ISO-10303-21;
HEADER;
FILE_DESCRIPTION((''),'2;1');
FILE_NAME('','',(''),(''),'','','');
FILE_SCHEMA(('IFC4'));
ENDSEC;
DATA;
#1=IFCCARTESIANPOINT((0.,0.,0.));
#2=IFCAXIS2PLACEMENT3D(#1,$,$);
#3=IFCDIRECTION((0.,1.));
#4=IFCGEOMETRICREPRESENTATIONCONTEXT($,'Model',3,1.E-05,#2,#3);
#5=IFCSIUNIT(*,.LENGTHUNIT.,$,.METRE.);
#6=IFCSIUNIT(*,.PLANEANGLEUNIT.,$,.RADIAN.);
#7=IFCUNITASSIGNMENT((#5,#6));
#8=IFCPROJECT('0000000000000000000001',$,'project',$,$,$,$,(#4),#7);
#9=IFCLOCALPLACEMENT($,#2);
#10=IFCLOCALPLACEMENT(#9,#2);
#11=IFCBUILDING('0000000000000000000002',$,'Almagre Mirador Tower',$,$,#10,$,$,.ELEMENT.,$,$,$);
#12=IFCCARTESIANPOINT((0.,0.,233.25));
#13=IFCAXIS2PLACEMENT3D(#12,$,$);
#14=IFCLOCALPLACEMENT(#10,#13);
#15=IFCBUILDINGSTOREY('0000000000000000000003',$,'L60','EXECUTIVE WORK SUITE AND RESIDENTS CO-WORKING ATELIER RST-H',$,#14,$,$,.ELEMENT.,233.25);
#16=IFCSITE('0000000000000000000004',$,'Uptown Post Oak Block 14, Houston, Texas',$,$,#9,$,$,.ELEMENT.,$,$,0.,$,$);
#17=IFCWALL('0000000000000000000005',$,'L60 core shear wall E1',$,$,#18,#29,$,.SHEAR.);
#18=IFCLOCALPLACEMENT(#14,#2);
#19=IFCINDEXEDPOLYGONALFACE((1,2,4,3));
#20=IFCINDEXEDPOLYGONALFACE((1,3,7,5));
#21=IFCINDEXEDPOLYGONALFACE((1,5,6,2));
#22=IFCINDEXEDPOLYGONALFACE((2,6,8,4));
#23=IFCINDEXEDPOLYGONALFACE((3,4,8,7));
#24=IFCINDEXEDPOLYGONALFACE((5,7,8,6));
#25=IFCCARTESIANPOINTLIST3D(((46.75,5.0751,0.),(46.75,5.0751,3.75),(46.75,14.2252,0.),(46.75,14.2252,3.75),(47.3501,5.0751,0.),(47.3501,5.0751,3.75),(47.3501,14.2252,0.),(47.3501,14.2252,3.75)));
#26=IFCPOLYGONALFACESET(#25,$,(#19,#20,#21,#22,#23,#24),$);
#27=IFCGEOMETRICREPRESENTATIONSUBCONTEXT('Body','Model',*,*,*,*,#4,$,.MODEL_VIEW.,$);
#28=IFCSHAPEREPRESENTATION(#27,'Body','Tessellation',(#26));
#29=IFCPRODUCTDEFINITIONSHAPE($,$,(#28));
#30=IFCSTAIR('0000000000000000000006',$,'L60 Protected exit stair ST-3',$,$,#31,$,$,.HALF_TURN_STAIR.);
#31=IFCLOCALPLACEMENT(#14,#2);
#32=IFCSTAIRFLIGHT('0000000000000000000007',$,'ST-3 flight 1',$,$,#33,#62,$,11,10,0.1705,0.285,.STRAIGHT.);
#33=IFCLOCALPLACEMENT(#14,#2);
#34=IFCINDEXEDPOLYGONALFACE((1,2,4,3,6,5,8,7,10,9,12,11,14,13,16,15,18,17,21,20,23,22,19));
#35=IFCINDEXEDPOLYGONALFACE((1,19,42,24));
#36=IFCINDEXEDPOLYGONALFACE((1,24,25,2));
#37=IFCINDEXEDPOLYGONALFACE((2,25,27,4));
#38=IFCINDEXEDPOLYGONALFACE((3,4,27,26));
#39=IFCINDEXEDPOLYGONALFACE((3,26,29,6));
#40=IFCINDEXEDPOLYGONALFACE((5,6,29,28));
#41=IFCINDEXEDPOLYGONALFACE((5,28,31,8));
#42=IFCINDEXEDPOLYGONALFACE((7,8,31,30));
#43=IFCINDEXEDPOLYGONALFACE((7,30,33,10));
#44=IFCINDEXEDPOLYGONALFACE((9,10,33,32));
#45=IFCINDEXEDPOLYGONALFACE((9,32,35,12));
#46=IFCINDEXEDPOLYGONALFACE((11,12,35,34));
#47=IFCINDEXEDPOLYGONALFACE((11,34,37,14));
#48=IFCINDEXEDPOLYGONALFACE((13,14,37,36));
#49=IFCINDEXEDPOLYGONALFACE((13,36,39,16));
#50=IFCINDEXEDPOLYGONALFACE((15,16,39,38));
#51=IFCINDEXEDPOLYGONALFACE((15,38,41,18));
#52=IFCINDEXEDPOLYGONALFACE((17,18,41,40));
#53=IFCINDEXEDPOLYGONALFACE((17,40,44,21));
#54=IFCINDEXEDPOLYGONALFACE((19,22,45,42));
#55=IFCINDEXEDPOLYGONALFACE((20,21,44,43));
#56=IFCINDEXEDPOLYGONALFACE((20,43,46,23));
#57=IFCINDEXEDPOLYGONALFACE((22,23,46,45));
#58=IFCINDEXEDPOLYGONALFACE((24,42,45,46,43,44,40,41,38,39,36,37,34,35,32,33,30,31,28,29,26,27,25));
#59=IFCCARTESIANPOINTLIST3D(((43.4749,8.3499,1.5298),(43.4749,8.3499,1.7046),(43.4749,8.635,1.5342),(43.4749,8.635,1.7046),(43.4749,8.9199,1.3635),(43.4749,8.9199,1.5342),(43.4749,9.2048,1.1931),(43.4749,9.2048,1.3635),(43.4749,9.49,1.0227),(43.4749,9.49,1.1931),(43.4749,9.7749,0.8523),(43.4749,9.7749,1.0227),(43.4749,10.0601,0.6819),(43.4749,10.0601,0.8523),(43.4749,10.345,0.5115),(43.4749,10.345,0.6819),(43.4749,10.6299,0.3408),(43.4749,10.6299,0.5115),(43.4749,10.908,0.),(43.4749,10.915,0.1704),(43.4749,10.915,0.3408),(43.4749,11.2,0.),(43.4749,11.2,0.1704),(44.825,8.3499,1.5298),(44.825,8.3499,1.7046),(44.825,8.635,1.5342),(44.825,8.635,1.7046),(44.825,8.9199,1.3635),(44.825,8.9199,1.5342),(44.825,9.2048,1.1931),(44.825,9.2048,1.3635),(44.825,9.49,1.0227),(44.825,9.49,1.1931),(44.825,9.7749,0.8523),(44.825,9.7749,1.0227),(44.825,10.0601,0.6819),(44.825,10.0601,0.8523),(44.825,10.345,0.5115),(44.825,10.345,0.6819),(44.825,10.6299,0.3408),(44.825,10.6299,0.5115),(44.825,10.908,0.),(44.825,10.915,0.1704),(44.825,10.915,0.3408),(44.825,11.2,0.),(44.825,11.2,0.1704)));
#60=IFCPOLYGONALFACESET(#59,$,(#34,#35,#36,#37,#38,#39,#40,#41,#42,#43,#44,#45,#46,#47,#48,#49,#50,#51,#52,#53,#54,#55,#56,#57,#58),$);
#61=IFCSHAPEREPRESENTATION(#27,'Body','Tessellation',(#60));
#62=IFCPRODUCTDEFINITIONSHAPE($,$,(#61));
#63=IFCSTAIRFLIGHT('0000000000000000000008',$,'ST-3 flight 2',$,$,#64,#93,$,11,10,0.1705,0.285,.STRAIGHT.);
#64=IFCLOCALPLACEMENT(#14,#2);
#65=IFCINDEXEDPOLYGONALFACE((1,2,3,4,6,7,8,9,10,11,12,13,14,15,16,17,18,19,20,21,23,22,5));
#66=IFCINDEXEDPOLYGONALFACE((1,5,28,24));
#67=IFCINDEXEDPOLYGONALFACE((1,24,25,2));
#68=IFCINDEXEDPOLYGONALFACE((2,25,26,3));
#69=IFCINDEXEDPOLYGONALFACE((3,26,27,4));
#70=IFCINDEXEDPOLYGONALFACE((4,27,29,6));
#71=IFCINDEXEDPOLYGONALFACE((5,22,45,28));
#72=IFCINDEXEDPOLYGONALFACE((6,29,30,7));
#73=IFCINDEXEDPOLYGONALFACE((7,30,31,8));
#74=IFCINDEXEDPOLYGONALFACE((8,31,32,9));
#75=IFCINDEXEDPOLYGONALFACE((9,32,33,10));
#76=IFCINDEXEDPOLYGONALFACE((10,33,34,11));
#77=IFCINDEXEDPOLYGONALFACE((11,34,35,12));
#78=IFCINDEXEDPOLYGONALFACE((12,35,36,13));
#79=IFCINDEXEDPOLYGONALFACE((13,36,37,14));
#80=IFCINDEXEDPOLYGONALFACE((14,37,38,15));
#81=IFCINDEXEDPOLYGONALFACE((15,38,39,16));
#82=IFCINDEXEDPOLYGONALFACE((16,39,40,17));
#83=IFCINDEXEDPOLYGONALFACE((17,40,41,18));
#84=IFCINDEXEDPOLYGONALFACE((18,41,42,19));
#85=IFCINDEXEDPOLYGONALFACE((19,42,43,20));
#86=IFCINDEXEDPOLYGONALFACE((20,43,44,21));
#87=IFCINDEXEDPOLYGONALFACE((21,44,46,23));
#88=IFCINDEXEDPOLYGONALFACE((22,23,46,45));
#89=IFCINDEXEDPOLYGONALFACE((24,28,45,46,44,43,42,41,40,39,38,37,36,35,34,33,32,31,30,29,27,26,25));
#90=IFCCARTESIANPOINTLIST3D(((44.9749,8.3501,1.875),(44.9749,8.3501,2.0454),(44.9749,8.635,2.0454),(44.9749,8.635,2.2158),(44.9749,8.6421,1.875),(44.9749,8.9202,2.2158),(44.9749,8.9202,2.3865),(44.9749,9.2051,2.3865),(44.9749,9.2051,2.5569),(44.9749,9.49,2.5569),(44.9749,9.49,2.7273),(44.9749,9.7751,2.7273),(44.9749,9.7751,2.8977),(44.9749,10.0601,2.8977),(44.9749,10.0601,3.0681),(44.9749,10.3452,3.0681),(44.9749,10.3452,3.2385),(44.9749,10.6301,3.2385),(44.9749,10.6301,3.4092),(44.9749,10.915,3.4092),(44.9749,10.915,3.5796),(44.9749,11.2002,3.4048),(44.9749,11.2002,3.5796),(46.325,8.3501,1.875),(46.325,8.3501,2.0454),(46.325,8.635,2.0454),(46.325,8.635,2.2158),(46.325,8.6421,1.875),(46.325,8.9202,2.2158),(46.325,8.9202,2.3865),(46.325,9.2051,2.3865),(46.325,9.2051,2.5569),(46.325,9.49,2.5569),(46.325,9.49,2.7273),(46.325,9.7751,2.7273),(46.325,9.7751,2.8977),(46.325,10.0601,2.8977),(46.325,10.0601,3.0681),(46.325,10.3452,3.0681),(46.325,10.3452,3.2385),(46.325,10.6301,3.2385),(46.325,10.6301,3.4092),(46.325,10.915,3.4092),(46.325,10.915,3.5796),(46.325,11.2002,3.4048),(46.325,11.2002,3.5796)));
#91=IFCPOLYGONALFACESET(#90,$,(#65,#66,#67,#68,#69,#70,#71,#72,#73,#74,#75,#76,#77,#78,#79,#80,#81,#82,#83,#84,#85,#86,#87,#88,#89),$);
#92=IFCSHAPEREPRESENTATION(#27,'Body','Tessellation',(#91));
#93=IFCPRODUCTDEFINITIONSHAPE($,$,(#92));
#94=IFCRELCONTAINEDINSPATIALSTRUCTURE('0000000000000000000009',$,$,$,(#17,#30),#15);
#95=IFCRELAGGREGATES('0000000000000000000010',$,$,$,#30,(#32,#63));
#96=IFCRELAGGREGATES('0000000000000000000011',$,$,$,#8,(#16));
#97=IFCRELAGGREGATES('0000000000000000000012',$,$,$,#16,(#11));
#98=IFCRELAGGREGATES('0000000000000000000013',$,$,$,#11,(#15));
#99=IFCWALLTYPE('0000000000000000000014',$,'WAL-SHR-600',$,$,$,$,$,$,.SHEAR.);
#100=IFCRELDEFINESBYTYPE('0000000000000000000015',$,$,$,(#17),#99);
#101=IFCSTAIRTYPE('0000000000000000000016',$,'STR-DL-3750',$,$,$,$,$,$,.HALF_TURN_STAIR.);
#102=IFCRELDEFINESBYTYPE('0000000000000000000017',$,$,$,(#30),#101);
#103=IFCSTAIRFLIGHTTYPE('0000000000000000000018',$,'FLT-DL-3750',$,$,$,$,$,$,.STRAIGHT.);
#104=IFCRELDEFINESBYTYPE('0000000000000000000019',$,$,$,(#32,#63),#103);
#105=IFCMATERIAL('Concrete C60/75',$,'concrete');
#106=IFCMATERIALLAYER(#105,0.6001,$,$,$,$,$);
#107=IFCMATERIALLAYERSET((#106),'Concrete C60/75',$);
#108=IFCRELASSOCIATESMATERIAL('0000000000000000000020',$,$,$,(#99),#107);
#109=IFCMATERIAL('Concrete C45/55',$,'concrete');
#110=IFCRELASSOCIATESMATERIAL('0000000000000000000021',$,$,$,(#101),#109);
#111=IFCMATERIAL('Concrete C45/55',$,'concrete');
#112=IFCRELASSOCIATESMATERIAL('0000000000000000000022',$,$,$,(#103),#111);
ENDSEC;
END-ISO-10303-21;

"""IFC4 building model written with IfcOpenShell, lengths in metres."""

from ifc_helpers import new_model, si_unit, direction, frame, frame_2d, origin, place, context, subcontext, project, spatial, polyline, rectangle, outline, extrude, material, layer, layer_set, type_object, element, aggregate, save


model = new_model("IFC4")

# Units and contexts
model_context = context("Model", 3, precision=1e-05, world=origin(), true_north=direction((0.0, 1.0)))
body_context = subcontext(model_context, "Body", "Model", "MODEL_VIEW")
ifc_project = project(units=[si_unit("LENGTHUNIT", "METRE"), si_unit("PLANEANGLEUNIT", "RADIAN")], contexts=[model_context])

# Site, building, storey
site_placement = place(None, origin())
site = spatial("IfcSite", under=ifc_project, at=site_placement, Name="Uptown Post Oak Block 14, Houston, Texas", CompositionType="ELEMENT", RefElevation=0.0)
building_placement = place(site_placement, origin())
building = spatial("IfcBuilding", under=site, at=building_placement, Name="Almagre Mirador Tower", CompositionType="ELEMENT")
storey_placement = place(building_placement, frame((0.0, 0.0, 233.25)))
storey = spatial("IfcBuildingStorey", under=building, at=storey_placement, Name="L60", Description="EXECUTIVE WORK SUITE AND RESIDENTS CO-WORKING ATELIER RST-H", CompositionType="ELEMENT", Elevation=233.25)

# Wall
ifc_material_1 = material(Name="Concrete C60/75", Category="concrete")
ifc_layer_1 = layer(ifc_material_1, 0.6001)
ifc_layer_set_1 = layer_set([ifc_layer_1], Name="Concrete C60/75")
wall_type_1 = type_object("IfcWallType", Name="WAL-SHR-600", PredefinedType="SHEAR", material=ifc_layer_set_1)
wall_1_placement = place(storey_placement, frame((47.05, 5.075, 0.0), z_axis=(0.0, 0.0, 1.0), x_axis=(0.0, 1.0, 0.0)))
element("IfcWall", 1, at=wall_1_placement, inside=storey, type_object=wall_type_1, Name="L60 core shear wall E1", PredefinedType="SHEAR", context=body_context, shape_type="SweptSolid", body=[
    extrude(rectangle(XDim=9.1501, YDim=0.6001, at=frame_2d((4.5752, 0.0))), origin(), (0.0, 0.0, 1.0), 3.75),
])

# Stair, stair flights
ifc_material_2 = material(Name="Concrete C45/55", Category="concrete")
stair_type = type_object("IfcStairType", Name="STR-DL-3750", PredefinedType="HALF_TURN_STAIR", material=ifc_material_2)
stair_placement = place(storey_placement, origin())
stair = element("IfcStair", 2, at=stair_placement, inside=storey, type_object=stair_type, Name="L60 Protected exit stair ST-3", PredefinedType="HALF_TURN_STAIR")
ifc_material_3 = material(Name="Concrete C45/55", Category="concrete")
stair_flight_type = type_object("IfcStairFlightType", Name="FLT-DL-3750", PredefinedType="STRAIGHT", material=ifc_material_3)
stair_flight_1_placement = place(storey_placement, frame((44.1499, 11.2, 0.0), z_axis=(0.0, 0.0, 1.0), x_axis=(0.0, -1.0, 0.0)))
stair_flight_1 = element("IfcStairFlight", 3, at=stair_flight_1_placement, type_object=stair_flight_type, Name="ST-3 flight 1", NumberOfRisers=11, NumberOfTreads=10, PredefinedType="STRAIGHT", RiserHeight=0.1705, TreadLength=0.285, context=body_context, shape_type="SweptSolid", body=[
    extrude(outline(polyline([(0.0, 0.0), (0.0, 0.1704), (0.2849, 0.1704), (0.2849, 0.3408), (0.5701, 0.3408), (0.5701, 0.5115), (0.855, 0.5115), (0.855, 0.6819), (1.1399, 0.6819), (1.1399, 0.8523), (1.425, 0.8523), (1.425, 1.0227), (1.71, 1.0227), (1.71, 1.1931), (1.9951, 1.1931), (1.9951, 1.3635), (2.28, 1.3635), (2.28, 1.5342), (2.5649, 1.5342), (2.5649, 1.7046), (2.8501, 1.7046), (2.8501, 1.875), (2.8501, 1.5298), (0.292, 0.0), (0.0, 0.0)])), frame((0.0, 0.675, 0.0), z_axis=(0.0, -1.0, 0.0), x_axis=(1.0, 0.0, 0.0)), (0.0, 0.0, 1.0), 1.3501),
])
stair_flight_2_placement = place(storey_placement, frame((45.6499, 8.3501, 1.875), z_axis=(0.0, 0.0, 1.0), x_axis=(0.0, 1.0, 0.0)))
stair_flight_2 = element("IfcStairFlight", 4, at=stair_flight_2_placement, type_object=stair_flight_type, Name="ST-3 flight 2", NumberOfRisers=11, NumberOfTreads=10, PredefinedType="STRAIGHT", RiserHeight=0.1705, TreadLength=0.285, context=body_context, shape_type="SweptSolid", body=[
    extrude(outline(polyline([(0.0, 0.0), (0.0, 0.1704), (0.2849, 0.1704), (0.2849, 0.3408), (0.5701, 0.3408), (0.5701, 0.5115), (0.855, 0.5115), (0.855, 0.6819), (1.1399, 0.6819), (1.1399, 0.8523), (1.425, 0.8523), (1.425, 1.0227), (1.71, 1.0227), (1.71, 1.1931), (1.9951, 1.1931), (1.9951, 1.3635), (2.28, 1.3635), (2.28, 1.5342), (2.5649, 1.5342), (2.5649, 1.7046), (2.8501, 1.7046), (2.8501, 1.875), (2.8501, 1.5298), (0.292, 0.0), (0.0, 0.0)])), frame((0.0, 0.675, 0.0), z_axis=(0.0, -1.0, 0.0), x_axis=(1.0, 0.0, 0.0)), (0.0, 0.0, 1.0), 1.3501),
])
aggregate(stair, [stair_flight_1, stair_flight_2])

save(model, "model.ifc")
